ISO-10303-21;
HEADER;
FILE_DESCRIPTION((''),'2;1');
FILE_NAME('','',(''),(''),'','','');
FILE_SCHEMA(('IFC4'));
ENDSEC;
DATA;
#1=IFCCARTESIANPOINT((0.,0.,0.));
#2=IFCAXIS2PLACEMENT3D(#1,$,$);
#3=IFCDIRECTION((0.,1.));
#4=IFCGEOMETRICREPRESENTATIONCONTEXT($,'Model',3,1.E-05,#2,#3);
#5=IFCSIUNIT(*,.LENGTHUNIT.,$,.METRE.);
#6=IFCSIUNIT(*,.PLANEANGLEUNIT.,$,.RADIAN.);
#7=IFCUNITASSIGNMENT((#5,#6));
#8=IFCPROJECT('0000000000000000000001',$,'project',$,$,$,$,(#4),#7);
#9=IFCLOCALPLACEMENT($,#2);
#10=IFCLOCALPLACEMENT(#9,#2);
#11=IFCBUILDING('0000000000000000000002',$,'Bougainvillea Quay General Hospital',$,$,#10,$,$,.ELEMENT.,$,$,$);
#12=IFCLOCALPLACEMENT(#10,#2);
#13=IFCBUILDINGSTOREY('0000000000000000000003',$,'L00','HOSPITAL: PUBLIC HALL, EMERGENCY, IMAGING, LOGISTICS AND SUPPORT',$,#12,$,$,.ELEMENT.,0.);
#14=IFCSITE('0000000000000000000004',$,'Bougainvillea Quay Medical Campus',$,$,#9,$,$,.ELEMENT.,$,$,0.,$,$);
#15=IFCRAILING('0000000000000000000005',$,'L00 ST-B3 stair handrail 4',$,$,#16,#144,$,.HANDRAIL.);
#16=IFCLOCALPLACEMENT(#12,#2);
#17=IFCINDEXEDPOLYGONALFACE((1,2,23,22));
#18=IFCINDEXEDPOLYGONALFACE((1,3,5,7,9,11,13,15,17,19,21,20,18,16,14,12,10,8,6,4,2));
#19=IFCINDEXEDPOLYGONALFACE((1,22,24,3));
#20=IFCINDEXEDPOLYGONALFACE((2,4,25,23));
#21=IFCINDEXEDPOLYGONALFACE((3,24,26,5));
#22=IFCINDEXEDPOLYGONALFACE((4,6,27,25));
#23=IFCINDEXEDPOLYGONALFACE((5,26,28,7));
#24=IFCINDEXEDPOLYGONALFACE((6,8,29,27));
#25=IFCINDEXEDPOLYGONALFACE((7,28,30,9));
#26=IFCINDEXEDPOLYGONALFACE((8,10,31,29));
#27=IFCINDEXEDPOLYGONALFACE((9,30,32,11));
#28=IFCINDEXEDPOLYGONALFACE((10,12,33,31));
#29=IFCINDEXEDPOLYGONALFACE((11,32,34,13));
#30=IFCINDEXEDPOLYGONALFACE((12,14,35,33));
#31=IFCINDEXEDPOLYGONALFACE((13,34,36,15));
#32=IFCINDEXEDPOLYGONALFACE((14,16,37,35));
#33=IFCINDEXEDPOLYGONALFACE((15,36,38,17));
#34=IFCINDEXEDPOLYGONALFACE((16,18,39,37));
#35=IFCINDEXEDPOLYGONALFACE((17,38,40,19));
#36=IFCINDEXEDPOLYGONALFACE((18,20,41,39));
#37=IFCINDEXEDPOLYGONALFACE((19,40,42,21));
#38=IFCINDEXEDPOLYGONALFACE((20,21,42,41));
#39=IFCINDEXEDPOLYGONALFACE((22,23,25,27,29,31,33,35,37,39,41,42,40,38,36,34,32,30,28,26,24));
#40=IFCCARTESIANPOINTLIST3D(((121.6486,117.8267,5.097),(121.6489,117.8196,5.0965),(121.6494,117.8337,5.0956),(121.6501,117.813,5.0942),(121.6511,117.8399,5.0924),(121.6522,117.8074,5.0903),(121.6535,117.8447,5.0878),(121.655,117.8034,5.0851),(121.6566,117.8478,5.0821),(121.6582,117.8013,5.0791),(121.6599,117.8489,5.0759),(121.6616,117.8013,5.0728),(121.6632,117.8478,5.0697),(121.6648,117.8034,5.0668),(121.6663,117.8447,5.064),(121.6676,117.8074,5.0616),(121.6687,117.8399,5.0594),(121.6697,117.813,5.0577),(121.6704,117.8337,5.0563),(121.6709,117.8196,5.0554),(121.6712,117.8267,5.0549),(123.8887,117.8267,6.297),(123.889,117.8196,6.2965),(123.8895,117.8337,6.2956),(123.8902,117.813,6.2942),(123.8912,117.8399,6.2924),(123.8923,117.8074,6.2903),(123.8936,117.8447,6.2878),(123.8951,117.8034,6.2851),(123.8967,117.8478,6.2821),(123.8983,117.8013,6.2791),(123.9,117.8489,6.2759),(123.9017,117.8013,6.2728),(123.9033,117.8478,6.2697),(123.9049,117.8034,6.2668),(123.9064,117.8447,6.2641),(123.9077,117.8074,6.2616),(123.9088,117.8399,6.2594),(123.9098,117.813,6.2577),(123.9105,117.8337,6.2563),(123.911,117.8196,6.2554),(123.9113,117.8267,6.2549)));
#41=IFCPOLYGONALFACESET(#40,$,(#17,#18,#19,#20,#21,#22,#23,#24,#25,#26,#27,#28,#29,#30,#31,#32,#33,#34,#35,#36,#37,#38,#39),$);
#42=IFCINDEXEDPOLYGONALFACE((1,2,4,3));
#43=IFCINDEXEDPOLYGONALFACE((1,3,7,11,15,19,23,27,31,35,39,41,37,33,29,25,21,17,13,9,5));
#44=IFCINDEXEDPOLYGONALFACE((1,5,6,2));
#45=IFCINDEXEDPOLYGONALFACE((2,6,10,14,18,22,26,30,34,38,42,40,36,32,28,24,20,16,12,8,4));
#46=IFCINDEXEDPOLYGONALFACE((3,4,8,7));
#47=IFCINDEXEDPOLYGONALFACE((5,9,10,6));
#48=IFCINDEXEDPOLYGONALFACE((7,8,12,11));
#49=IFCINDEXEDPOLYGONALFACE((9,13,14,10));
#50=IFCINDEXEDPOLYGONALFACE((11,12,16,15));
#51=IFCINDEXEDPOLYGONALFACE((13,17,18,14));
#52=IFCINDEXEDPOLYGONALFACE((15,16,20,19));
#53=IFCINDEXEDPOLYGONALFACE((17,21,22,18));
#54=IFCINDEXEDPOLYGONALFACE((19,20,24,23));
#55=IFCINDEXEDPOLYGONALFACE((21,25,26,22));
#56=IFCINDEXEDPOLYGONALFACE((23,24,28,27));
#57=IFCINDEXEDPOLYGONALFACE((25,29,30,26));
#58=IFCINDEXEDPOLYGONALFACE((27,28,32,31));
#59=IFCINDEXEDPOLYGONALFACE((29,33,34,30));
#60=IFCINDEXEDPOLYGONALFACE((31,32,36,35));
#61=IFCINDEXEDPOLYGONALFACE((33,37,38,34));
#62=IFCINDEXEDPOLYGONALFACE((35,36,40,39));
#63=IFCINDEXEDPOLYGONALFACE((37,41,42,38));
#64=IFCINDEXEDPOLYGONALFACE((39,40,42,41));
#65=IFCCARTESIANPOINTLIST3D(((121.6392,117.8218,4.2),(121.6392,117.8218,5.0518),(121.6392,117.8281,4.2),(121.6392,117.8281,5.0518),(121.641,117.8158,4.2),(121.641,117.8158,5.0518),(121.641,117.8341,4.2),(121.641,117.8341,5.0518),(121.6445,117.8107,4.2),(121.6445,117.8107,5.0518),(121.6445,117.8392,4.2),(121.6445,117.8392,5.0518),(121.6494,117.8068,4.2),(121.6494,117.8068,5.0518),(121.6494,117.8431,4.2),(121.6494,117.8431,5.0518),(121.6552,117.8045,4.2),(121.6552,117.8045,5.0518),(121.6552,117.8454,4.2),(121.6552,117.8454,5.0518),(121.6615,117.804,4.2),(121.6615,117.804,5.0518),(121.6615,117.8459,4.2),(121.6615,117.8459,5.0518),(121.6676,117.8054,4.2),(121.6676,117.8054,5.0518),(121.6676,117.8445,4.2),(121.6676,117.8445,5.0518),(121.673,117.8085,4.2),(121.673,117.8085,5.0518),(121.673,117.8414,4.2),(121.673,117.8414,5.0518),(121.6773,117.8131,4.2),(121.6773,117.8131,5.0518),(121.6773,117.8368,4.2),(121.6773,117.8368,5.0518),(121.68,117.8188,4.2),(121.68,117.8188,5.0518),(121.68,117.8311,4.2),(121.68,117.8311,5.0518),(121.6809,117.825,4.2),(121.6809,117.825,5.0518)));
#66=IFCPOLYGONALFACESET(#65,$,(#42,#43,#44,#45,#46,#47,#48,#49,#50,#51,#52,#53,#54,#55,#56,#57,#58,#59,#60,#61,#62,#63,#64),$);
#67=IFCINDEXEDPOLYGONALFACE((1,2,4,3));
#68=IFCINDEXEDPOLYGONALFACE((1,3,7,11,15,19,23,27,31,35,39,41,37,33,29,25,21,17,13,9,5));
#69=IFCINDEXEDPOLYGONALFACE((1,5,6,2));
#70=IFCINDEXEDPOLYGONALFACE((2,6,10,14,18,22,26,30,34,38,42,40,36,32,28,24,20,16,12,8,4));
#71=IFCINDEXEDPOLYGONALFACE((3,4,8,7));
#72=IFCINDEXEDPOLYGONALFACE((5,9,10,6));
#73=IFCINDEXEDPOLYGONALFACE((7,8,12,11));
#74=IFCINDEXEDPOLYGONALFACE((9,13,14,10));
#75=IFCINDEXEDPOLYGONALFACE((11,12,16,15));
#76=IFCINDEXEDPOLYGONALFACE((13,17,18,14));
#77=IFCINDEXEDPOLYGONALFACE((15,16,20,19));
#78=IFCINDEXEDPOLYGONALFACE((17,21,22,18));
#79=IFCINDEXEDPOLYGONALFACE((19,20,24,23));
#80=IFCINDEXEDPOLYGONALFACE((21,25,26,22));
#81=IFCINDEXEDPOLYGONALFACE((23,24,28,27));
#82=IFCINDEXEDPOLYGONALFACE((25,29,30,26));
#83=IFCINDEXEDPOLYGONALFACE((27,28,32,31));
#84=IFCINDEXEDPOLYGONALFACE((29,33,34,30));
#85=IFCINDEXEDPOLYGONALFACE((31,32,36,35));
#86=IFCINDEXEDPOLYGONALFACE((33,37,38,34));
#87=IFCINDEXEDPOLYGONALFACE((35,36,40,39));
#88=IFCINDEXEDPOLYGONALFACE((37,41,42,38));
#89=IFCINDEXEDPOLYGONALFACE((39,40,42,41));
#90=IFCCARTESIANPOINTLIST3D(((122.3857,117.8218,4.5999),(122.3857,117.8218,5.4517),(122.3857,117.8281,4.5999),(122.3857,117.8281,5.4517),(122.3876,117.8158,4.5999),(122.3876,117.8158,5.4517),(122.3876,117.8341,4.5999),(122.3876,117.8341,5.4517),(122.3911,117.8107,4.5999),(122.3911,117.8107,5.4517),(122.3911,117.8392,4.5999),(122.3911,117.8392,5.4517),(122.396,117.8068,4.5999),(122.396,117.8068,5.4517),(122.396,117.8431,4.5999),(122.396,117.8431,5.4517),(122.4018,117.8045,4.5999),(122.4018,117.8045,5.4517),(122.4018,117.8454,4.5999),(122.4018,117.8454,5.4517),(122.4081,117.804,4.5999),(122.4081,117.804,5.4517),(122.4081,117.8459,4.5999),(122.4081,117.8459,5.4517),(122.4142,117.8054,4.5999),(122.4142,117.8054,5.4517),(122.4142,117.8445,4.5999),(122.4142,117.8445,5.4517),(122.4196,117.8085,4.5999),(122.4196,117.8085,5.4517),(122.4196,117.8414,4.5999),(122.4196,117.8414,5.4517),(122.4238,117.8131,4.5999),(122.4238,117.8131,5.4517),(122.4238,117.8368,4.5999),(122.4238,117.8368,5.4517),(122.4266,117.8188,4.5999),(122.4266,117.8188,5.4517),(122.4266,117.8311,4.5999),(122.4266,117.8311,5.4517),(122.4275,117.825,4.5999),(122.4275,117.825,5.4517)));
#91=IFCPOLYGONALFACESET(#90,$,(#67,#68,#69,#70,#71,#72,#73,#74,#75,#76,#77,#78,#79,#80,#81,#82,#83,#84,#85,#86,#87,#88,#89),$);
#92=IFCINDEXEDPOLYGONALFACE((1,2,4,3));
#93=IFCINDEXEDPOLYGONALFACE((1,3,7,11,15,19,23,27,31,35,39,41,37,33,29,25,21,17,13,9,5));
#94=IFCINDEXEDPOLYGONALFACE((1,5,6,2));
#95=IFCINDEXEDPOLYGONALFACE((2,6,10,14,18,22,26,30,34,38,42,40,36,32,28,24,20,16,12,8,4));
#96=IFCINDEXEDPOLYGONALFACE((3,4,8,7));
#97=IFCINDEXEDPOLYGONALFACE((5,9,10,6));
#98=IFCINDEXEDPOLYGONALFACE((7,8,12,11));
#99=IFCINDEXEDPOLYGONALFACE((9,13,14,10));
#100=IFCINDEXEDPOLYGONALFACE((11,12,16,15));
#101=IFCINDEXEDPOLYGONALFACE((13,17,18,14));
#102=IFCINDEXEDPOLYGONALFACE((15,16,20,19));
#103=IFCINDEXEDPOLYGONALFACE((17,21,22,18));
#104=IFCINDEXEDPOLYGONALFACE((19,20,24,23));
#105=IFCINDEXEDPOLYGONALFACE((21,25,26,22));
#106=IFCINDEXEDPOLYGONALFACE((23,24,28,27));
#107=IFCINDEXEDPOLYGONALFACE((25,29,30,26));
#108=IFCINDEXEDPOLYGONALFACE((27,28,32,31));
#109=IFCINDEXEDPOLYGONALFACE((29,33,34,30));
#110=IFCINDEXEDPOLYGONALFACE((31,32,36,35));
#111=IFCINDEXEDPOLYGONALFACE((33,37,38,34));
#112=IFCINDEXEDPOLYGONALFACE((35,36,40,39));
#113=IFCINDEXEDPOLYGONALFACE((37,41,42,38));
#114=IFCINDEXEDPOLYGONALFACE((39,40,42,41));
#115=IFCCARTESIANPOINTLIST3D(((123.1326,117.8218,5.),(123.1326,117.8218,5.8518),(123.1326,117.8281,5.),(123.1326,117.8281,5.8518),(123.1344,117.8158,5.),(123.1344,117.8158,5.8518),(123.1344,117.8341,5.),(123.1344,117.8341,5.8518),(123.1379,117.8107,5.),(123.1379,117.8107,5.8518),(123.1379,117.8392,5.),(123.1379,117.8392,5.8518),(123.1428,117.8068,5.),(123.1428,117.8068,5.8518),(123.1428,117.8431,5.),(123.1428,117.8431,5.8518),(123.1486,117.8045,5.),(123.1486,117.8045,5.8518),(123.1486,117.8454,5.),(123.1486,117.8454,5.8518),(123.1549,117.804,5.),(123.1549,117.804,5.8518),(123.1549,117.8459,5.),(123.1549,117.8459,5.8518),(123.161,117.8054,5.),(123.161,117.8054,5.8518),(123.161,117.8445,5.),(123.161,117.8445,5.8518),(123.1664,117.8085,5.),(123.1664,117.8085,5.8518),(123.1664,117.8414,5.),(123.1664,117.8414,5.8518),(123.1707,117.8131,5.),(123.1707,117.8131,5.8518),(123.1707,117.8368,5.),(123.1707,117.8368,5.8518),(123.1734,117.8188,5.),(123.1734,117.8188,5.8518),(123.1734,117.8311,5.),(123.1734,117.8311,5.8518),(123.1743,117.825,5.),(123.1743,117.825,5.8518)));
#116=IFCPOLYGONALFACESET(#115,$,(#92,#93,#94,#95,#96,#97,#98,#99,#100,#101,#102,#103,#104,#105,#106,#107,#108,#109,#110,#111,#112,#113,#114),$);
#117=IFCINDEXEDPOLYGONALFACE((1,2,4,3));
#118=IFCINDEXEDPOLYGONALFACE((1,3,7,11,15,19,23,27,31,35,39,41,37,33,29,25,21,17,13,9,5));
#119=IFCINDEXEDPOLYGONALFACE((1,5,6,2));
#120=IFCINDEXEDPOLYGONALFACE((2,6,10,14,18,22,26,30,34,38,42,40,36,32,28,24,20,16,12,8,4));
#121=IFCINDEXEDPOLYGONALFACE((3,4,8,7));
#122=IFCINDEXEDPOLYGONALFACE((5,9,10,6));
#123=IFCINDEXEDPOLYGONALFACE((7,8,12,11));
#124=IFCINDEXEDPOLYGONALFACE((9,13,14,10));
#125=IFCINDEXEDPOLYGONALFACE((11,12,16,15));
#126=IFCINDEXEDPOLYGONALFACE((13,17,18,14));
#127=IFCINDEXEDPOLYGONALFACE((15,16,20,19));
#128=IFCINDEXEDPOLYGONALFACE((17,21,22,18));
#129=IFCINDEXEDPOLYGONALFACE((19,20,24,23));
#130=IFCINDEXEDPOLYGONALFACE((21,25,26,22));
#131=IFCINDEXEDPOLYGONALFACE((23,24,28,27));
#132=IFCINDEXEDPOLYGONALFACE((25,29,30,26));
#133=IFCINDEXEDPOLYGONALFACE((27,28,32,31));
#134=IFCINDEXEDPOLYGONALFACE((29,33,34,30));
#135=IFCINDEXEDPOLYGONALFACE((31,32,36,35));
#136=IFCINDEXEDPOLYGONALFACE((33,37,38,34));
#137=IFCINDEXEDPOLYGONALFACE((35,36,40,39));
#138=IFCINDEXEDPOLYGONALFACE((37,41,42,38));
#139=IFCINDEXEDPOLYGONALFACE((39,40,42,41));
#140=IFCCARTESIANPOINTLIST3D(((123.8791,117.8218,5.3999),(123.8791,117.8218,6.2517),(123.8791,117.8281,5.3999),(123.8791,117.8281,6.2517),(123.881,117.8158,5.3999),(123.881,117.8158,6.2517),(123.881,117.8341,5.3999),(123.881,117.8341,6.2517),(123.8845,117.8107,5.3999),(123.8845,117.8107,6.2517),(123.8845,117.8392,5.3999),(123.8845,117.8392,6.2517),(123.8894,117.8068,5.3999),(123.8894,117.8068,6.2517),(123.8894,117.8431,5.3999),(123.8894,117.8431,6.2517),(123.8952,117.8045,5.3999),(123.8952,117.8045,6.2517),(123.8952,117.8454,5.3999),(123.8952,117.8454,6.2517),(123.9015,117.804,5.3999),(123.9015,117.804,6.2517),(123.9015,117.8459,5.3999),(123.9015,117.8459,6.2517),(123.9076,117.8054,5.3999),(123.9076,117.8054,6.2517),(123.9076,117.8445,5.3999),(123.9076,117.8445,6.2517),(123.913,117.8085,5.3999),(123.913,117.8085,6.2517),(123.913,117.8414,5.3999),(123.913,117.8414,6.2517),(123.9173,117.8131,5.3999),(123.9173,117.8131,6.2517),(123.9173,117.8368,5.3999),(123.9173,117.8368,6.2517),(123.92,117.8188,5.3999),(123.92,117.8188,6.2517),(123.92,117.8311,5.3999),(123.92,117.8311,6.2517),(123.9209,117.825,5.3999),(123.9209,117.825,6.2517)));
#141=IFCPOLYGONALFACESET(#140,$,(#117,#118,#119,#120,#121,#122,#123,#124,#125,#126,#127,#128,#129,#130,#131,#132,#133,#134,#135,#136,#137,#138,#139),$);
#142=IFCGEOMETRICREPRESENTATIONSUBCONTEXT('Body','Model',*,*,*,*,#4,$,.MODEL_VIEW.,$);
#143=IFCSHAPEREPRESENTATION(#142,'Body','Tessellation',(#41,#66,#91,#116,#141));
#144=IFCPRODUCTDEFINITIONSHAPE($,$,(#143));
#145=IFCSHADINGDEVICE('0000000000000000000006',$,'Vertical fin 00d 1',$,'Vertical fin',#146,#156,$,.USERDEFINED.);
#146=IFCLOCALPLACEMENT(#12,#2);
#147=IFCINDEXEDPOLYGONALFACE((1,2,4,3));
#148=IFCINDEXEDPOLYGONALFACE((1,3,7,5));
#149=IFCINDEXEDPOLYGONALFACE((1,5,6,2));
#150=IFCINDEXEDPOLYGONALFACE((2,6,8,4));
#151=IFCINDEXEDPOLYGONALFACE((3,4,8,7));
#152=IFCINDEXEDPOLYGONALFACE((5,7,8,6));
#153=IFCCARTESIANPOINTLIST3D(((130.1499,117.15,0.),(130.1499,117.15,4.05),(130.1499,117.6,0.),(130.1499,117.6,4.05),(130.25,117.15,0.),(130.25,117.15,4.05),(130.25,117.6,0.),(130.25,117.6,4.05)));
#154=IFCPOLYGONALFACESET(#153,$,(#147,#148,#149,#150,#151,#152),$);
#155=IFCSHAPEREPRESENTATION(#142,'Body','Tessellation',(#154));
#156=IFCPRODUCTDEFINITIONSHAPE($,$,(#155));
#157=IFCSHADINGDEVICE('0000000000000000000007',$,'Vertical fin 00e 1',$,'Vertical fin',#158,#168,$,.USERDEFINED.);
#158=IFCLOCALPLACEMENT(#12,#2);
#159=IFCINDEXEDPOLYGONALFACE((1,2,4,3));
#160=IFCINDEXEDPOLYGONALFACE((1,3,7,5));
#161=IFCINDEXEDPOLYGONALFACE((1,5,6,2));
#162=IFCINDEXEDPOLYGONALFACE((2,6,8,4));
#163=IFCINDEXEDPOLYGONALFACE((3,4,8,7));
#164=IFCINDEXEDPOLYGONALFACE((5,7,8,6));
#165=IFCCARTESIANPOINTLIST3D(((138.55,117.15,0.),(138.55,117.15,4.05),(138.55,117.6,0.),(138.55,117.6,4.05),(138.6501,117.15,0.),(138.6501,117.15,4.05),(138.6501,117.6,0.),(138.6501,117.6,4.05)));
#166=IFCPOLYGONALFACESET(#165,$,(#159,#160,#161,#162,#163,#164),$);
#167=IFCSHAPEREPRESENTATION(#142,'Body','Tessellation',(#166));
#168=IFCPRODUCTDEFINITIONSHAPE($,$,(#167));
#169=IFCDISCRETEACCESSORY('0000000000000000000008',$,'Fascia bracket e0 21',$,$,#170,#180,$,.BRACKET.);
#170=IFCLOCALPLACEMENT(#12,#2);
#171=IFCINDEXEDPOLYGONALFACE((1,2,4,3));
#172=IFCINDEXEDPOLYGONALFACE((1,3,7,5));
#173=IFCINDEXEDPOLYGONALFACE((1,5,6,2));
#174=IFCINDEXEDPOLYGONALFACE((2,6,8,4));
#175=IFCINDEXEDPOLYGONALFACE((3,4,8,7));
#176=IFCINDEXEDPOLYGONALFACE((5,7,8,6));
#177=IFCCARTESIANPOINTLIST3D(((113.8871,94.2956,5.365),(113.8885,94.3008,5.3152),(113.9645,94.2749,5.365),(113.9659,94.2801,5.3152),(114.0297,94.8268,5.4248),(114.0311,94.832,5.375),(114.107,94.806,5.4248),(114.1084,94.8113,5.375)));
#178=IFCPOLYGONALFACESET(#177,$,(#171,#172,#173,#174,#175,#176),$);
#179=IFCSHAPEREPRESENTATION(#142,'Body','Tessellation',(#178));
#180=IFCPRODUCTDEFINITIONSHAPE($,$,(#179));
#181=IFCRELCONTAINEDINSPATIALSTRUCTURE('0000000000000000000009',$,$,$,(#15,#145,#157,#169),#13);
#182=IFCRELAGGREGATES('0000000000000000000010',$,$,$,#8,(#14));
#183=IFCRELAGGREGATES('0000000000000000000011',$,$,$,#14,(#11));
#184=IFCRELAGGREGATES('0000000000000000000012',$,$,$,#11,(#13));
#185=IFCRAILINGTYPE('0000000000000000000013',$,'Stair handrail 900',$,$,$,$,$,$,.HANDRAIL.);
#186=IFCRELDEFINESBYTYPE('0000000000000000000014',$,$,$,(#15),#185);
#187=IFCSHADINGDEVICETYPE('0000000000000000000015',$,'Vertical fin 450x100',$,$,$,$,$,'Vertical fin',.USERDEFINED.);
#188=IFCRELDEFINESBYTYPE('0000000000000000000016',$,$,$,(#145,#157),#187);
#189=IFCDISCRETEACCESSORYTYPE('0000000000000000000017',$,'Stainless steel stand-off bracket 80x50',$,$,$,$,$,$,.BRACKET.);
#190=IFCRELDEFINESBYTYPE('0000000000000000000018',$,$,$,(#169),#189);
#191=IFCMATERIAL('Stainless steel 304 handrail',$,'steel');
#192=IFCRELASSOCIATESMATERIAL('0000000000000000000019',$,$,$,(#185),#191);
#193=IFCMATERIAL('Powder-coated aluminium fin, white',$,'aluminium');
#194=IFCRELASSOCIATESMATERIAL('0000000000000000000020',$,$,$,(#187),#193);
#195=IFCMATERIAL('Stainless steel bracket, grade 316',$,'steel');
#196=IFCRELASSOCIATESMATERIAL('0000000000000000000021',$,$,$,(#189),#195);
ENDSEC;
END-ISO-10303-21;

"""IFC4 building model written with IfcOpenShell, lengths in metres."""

from ifc_helpers import new_model, si_unit, direction, frame, origin, origin_2d, place, context, subcontext, project, spatial, rectangle, circle, extrude, material, material_profile, profile_set, type_object, element, save


model = new_model("IFC4")

# Units and contexts
model_context = context("Model", 3, precision=1e-05, world=origin(), true_north=direction((0.0, 1.0)))
body_context = subcontext(model_context, "Body", "Model", "MODEL_VIEW")
ifc_project = project(units=[si_unit("LENGTHUNIT", "METRE"), si_unit("PLANEANGLEUNIT", "RADIAN")], contexts=[model_context])

# Site, building, storey
site_placement = place(None, origin())
site = spatial("IfcSite", under=ifc_project, at=site_placement, Name="Bougainvillea Quay Medical Campus", CompositionType="ELEMENT", RefElevation=0.0)
building_placement = place(site_placement, origin())
building = spatial("IfcBuilding", under=site, at=building_placement, Name="Bougainvillea Quay General Hospital", CompositionType="ELEMENT")
storey_placement = place(building_placement, origin())
storey = spatial("IfcBuildingStorey", under=building, at=storey_placement, Name="L00", Description="HOSPITAL: PUBLIC HALL, EMERGENCY, IMAGING, LOGISTICS AND SUPPORT", CompositionType="ELEMENT", Elevation=0.0)

# Railing
ifc_material_1 = material(Name="Stainless steel 304 handrail", Category="steel")
railing_type = type_object("IfcRailingType", Name="Stair handrail 900", PredefinedType="HANDRAIL", material=ifc_material_1)
for number, where, name in (
    (1, (121.6599, 117.825, 4.2), "L00 ST-B3 stair handrail 4"),
):
    element("IfcRailing", number, at=place(storey_placement, frame(where)), inside=storey, type_object=railing_type, Name=name, PredefinedType="HANDRAIL", context=body_context, shape_type="SweptSolid", body=[
        extrude(circle(Radius=0.0239, at=origin_2d()), frame((0.0, 0.0, 0.876), z_axis=(0.881487, 0.0, 0.472208), x_axis=(0.0, 1.0, 0.0)), (0.0, 0.0, 1.0), 2.5413),
        extrude(circle(Radius=0.021, at=origin_2d()), origin(), (0.0, 0.0, 1.0), 0.8518),
        extrude(circle(Radius=0.021, at=origin_2d()), frame((0.7466, 0.0, 0.3999)), (0.0, 0.0, 1.0), 0.8518),
        extrude(circle(Radius=0.021, at=origin_2d()), frame((1.4934, 0.0, 0.8)), (0.0, 0.0, 1.0), 0.8518),
        extrude(circle(Radius=0.021, at=origin_2d()), frame((2.24, 0.0, 1.2)), (0.0, 0.0, 1.0), 0.8518),
    ])

# Shading devices
ifc_material_2 = material(Name="Powder-coated aluminium fin, white", Category="aluminium")
ifc_material_profile_1 = material_profile(ifc_material_2, rectangle(XDim=0.45, YDim=0.1001, at=origin_2d()))
ifc_profile_set_1 = profile_set([ifc_material_profile_1], Name="Powder-coated aluminium fin, white")
shading_device_type = type_object("IfcShadingDeviceType", Name="Vertical fin 450x100", ElementType="Vertical fin", PredefinedType="USERDEFINED", material=ifc_profile_set_1)
for number, where, z_axis, x_axis, name in (
    (2, (130.2, 117.375, 0.0), (0.0, 0.0, 1.0), (0.0, -1.0, 0.0), "Vertical fin 00d 1"),
    (3, (138.6001, 117.375, 0.0), (0.0, 0.0, 1.0), (0.0, -1.0, 0.0), "Vertical fin 00e 1"),
):
    element("IfcShadingDevice", number, at=place(storey_placement, frame(where, z_axis=z_axis, x_axis=x_axis)), inside=storey, type_object=shading_device_type, Name=name, ObjectType="Vertical fin", PredefinedType="USERDEFINED", context=body_context, shape_type="SweptSolid", body=[
        extrude(rectangle(XDim=0.45, YDim=0.1001, at=origin_2d()), origin(), (0.0, 0.0, 1.0), 4.05),
    ])

# Discrete accessory
ifc_material_3 = material(Name="Stainless steel bracket, grade 316", Category="steel")
ifc_material_profile_2 = material_profile(ifc_material_3, rectangle(XDim=0.0801, YDim=0.05, at=origin_2d()))
ifc_profile_set_2 = profile_set([ifc_material_profile_2], Name="Stainless steel bracket, grade 316")
discrete_accessory_type = type_object("IfcDiscreteAccessoryType", Name="Stainless steel stand-off bracket 80x50", PredefinedType="BRACKET", material=ifc_profile_set_2)
discrete_accessory_placement = place(storey_placement, frame((113.9265, 94.2878, 5.3401), z_axis=(0.25769, 0.960161, 0.108106), x_axis=(-0.965821, 0.259209, 0.0)))
element("IfcDiscreteAccessory", 4, at=discrete_accessory_placement, inside=storey, type_object=discrete_accessory_type, Name="Fascia bracket e0 21", PredefinedType="BRACKET", context=body_context, shape_type="SweptSolid", body=[
    extrude(rectangle(XDim=0.0801, YDim=0.05, at=origin_2d()), origin(), (0.0, 0.0, 1.0), 0.5532),
])

save(model, "model.ifc")
